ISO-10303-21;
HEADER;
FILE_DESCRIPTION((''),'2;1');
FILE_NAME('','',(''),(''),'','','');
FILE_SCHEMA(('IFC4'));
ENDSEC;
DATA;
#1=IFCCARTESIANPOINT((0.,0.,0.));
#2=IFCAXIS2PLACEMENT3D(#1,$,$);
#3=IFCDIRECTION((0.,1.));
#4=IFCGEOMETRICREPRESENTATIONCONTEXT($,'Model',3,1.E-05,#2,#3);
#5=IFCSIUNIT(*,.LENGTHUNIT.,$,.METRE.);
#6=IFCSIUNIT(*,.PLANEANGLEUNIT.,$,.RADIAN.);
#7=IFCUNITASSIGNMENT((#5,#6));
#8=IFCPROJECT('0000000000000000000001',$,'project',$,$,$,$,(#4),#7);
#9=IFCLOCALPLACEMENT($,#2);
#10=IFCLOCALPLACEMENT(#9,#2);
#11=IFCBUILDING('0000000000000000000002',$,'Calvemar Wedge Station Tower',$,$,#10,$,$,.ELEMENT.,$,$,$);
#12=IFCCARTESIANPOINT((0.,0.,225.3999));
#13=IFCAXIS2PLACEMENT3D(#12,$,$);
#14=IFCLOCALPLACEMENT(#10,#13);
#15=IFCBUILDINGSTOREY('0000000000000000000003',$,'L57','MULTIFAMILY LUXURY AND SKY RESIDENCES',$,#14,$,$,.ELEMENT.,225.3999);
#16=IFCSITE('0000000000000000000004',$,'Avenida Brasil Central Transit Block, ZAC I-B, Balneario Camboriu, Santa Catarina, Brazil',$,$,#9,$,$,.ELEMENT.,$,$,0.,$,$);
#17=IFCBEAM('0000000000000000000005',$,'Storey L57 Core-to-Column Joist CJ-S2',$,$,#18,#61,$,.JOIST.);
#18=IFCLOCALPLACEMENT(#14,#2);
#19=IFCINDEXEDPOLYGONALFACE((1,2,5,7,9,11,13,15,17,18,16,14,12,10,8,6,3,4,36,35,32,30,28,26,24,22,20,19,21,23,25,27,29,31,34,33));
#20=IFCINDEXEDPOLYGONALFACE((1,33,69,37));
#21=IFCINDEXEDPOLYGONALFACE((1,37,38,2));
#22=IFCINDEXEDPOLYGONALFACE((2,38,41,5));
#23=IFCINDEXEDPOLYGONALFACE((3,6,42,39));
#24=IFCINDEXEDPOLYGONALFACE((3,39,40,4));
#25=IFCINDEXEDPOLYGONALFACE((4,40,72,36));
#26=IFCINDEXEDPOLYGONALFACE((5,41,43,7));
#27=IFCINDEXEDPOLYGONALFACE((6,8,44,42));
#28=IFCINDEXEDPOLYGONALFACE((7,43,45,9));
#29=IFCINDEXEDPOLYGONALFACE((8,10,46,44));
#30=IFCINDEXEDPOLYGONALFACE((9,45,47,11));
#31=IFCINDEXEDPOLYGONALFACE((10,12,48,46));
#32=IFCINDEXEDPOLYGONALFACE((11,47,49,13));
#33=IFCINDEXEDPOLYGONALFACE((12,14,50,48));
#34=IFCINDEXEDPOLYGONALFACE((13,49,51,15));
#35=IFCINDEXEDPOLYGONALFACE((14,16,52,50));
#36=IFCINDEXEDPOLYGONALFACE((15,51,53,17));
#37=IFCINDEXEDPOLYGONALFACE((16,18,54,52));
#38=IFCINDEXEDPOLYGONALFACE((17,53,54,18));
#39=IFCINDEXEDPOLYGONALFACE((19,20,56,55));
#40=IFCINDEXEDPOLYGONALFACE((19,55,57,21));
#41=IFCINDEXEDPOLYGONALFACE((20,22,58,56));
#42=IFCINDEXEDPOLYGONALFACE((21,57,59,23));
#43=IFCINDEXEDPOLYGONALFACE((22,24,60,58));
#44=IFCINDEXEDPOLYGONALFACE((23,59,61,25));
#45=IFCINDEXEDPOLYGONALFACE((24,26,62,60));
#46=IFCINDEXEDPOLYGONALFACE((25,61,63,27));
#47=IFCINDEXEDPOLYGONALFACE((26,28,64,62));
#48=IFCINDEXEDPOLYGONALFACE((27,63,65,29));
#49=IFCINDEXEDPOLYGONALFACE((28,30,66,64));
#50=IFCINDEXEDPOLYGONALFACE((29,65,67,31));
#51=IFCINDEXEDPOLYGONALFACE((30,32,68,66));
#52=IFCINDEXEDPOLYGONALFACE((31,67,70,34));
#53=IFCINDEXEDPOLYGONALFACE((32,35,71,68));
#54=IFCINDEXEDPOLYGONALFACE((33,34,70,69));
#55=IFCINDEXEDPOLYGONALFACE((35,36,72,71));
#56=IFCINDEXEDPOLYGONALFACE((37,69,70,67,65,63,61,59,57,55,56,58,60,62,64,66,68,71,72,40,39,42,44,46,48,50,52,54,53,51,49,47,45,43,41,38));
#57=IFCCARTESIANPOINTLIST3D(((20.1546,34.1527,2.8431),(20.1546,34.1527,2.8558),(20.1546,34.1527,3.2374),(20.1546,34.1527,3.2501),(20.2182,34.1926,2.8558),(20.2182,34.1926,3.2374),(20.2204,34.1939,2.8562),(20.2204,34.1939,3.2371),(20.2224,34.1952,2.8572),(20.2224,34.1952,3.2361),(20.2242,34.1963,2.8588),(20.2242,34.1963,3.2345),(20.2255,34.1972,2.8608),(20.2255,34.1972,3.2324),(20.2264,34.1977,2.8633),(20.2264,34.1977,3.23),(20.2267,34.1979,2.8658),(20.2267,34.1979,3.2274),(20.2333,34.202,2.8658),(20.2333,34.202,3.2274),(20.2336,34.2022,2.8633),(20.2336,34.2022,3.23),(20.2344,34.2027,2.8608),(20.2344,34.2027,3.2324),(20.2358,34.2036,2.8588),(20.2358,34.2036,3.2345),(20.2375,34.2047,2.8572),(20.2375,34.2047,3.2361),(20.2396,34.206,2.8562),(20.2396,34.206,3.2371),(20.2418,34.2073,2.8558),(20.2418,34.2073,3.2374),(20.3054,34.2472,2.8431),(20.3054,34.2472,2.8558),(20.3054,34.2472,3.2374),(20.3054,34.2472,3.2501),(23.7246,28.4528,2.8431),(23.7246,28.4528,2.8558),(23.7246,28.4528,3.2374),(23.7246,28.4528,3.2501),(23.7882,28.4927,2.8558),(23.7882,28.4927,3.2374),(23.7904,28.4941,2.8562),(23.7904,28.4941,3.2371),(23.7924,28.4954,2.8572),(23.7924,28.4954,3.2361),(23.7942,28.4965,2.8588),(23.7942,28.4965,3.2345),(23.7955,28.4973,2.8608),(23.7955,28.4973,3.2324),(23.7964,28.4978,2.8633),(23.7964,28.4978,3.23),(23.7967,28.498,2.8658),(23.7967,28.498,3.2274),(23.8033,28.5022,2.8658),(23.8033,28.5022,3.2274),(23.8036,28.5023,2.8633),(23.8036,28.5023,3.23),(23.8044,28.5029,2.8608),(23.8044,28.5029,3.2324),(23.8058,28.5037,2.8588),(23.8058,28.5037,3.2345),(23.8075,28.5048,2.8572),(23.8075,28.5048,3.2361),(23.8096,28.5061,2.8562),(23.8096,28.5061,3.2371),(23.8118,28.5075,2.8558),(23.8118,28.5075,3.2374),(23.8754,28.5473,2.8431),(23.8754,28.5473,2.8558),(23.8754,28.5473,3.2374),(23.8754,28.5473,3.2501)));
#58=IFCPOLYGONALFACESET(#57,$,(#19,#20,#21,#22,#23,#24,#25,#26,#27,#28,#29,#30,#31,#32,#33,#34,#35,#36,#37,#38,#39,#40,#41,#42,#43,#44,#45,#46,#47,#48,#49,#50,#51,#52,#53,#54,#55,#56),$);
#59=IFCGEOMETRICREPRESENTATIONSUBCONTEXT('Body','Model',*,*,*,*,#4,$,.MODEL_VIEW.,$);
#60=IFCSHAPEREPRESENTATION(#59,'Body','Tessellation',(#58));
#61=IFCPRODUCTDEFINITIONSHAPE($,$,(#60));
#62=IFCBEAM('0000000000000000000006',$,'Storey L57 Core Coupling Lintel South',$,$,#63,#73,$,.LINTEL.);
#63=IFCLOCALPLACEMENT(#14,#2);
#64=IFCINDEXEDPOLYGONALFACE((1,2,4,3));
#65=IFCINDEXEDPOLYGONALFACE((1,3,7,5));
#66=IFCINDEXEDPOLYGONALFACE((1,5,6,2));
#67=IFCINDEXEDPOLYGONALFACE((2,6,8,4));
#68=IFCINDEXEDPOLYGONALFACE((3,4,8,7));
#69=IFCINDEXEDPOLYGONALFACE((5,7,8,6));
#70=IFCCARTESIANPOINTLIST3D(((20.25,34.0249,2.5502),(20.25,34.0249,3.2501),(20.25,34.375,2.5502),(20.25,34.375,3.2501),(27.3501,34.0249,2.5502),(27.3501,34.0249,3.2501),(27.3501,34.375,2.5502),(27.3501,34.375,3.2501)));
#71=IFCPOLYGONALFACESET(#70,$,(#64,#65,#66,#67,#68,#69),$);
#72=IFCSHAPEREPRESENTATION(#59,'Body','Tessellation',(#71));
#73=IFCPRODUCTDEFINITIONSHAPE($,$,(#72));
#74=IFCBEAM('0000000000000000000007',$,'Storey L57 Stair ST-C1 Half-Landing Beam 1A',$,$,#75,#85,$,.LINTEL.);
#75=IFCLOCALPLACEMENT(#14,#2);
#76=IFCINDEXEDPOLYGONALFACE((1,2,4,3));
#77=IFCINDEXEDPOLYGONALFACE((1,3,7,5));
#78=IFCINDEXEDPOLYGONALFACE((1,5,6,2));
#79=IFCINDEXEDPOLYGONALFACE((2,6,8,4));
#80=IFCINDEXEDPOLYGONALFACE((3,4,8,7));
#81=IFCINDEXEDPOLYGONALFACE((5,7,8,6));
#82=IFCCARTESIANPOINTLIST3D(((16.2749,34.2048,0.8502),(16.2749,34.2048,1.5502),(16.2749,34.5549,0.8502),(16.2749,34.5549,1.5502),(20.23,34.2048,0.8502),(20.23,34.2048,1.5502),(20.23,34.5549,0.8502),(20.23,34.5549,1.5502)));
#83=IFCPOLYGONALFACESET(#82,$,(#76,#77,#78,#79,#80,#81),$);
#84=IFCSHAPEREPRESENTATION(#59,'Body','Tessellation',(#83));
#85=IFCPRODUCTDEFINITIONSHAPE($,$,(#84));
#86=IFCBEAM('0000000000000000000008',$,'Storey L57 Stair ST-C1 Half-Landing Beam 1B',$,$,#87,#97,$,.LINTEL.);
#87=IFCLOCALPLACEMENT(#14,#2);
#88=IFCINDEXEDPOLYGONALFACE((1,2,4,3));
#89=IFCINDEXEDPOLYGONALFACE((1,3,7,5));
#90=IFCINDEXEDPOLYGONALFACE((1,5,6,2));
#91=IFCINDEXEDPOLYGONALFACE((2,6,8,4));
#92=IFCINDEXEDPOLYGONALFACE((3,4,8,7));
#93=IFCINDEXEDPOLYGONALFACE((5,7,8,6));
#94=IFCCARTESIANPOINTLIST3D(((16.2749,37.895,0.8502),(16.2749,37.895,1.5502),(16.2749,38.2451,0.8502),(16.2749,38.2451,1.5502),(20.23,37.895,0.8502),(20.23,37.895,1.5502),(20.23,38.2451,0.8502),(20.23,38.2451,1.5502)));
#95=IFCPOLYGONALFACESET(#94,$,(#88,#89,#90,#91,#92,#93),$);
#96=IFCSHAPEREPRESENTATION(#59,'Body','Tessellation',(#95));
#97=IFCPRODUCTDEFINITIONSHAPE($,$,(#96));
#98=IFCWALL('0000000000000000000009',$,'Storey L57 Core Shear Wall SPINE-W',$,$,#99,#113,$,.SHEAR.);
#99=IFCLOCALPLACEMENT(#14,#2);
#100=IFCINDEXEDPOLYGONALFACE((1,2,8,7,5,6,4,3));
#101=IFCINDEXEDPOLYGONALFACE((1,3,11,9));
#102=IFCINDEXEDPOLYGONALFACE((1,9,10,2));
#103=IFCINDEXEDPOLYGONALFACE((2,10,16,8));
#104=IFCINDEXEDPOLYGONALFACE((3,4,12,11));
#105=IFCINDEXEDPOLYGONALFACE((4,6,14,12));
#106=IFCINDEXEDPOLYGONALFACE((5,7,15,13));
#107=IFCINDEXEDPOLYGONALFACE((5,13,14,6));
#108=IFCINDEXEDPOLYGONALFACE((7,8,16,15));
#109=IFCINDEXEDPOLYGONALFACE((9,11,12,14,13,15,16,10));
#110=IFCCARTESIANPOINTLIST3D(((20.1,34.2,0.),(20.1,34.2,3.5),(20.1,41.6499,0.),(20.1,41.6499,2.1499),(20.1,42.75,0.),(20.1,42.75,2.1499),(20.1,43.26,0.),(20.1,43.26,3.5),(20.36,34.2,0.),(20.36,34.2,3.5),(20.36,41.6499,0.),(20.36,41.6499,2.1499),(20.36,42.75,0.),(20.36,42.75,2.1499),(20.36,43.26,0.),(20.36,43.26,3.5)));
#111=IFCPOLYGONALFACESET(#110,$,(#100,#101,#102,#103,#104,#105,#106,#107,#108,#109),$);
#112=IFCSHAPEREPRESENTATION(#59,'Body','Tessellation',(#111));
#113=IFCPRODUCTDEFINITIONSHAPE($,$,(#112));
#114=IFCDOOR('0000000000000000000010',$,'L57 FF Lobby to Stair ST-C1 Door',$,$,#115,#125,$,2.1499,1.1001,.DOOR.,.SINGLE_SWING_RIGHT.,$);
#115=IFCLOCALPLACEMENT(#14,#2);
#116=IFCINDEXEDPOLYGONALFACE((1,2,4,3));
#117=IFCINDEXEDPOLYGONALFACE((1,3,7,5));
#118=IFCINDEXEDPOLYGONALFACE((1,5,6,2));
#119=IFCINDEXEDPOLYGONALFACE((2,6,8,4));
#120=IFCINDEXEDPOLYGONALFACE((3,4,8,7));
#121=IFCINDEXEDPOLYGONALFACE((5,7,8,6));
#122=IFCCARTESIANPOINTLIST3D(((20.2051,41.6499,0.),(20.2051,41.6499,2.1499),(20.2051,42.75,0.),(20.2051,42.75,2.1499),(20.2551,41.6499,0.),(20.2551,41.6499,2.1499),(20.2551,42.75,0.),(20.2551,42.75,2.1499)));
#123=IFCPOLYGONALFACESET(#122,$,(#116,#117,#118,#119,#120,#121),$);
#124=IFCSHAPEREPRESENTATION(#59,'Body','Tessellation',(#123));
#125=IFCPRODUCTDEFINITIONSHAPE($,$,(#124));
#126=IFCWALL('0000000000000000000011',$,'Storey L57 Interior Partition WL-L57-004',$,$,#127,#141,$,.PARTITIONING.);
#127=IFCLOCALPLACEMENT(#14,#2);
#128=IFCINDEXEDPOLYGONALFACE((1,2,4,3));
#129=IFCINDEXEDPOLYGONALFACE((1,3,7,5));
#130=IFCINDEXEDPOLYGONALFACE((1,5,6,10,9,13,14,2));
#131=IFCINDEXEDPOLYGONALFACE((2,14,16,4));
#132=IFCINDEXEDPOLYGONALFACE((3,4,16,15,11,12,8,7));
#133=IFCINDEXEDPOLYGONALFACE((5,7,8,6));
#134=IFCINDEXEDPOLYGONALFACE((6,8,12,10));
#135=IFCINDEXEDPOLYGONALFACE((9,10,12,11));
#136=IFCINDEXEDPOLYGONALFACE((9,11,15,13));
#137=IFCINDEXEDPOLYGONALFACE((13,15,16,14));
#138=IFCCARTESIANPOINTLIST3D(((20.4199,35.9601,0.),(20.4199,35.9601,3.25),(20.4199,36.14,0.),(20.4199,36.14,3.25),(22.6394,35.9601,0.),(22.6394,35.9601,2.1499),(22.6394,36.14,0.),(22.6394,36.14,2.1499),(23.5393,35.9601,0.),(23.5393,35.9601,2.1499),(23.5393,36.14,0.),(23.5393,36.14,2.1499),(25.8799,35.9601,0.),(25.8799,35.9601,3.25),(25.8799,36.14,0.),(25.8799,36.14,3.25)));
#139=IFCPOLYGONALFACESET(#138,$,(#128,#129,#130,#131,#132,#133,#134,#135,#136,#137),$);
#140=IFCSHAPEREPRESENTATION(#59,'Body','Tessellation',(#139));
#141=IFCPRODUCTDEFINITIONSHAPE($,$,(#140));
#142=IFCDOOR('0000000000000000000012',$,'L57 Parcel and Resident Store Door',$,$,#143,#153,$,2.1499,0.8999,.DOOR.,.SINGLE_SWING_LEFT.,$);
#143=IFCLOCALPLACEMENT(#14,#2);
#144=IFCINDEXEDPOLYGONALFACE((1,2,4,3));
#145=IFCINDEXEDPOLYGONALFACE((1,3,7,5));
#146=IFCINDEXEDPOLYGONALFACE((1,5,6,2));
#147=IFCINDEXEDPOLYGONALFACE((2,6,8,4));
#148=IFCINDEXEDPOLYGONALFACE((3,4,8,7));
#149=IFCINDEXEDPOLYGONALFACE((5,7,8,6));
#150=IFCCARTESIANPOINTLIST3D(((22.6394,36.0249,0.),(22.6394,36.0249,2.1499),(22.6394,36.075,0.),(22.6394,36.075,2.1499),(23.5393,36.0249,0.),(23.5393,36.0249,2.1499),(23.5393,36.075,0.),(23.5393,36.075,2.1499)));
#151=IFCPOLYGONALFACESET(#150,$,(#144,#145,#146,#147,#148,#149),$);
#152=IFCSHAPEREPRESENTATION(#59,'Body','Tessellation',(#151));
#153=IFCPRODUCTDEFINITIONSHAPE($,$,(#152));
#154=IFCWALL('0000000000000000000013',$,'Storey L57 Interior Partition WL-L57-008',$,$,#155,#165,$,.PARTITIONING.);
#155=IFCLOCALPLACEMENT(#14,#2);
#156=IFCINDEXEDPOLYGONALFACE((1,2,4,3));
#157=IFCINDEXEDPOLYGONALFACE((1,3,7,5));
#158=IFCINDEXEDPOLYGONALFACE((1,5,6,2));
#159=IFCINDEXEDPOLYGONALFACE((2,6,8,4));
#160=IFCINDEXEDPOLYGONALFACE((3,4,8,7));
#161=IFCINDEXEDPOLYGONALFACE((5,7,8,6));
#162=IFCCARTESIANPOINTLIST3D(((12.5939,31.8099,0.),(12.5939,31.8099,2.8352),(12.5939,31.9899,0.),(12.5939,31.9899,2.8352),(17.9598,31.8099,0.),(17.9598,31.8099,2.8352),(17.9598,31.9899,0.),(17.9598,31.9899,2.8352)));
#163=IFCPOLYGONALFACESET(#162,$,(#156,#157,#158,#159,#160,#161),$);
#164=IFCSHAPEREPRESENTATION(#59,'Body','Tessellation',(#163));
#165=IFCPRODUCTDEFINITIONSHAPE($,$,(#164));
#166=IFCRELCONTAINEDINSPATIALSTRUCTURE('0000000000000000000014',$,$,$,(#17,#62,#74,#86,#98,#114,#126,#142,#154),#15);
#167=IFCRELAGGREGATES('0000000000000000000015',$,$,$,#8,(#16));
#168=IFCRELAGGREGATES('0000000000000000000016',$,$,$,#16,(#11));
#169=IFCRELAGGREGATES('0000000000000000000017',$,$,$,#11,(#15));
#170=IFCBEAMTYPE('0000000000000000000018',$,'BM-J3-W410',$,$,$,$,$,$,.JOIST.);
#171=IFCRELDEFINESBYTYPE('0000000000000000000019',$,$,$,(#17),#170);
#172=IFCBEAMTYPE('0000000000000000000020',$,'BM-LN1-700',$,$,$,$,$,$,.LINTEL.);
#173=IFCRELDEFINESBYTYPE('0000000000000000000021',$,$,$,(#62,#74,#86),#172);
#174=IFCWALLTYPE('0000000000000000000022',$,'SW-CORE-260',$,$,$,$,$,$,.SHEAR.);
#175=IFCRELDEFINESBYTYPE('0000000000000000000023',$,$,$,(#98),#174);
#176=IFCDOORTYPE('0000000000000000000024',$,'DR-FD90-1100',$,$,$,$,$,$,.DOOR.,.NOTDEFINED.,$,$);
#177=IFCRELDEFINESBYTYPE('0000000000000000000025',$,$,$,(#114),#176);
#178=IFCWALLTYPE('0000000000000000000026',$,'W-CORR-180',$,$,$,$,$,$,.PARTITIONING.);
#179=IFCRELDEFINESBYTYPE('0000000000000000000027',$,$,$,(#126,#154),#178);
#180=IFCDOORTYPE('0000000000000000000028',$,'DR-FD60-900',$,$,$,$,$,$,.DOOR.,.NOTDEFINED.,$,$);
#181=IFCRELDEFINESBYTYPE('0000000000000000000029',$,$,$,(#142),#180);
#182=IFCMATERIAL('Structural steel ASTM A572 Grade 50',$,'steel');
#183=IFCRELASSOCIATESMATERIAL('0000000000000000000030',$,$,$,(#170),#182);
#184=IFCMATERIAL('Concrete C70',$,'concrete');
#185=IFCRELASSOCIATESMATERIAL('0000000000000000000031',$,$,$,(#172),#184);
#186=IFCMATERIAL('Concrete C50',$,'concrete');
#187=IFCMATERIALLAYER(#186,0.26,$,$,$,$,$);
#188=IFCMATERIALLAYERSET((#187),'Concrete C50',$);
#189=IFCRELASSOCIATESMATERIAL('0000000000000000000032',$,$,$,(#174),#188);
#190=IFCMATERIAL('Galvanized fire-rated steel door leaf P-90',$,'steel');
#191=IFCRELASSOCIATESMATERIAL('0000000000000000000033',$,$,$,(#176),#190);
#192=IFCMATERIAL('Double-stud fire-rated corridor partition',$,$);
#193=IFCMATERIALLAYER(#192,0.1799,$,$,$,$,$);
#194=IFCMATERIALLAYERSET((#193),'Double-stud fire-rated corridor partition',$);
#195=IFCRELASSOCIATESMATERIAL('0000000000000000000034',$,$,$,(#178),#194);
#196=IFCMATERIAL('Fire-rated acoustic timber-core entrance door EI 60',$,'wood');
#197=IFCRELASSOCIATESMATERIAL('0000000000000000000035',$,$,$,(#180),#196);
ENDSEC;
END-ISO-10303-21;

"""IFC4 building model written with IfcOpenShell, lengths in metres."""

from ifc_helpers import new_model, si_unit, direction, frame, frame_2d, origin, origin_2d, place, context, subcontext, project, spatial, rectangle, i_section, extrude, source, transform, mapped, material, layer, layer_set, material_profile, profile_set, type_object, element, fill, save


model = new_model("IFC4")

# Units and contexts
model_context = context("Model", 3, precision=1e-05, world=origin(), true_north=direction((0.0, 1.0)))
body_context = subcontext(model_context, "Body", "Model", "MODEL_VIEW")
ifc_project = project(units=[si_unit("LENGTHUNIT", "METRE"), si_unit("PLANEANGLEUNIT", "RADIAN")], contexts=[model_context])

# Site, building, storey
site_placement = place(None, origin())
site = spatial("IfcSite", under=ifc_project, at=site_placement, Name="Avenida Brasil Central Transit Block, ZAC I-B, Balneario Camboriu, Santa Catarina, Brazil", CompositionType="ELEMENT", RefElevation=0.0)
building_placement = place(site_placement, origin())
building = spatial("IfcBuilding", under=site, at=building_placement, Name="Calvemar Wedge Station Tower", CompositionType="ELEMENT")
storey_placement = place(building_placement, frame((0.0, 0.0, 225.3999)))
storey = spatial("IfcBuildingStorey", under=building, at=storey_placement, Name="L57", Description="MULTIFAMILY LUXURY AND SKY RESIDENCES", CompositionType="ELEMENT", Elevation=225.3999)

# Beams
ifc_material_1 = material(Name="Structural steel ASTM A572 Grade 50", Category="steel")
ifc_material_profile_1 = material_profile(ifc_material_1, i_section(OverallWidth=0.178, OverallDepth=0.407, WebThickness=0.0078, FlangeThickness=0.0127, FilletRadius=0.01, at=origin_2d()), Name="W410x60")
ifc_profile_set_1 = profile_set([ifc_material_profile_1], Name="Structural steel ASTM A572 Grade 50")
beam_type_1 = type_object("IfcBeamType", Name="BM-J3-W410", PredefinedType="JOIST", material=ifc_profile_set_1)
shared_shape_1 = source(origin(), body_context, "Body", "SweptSolid", [
    extrude(i_section(OverallWidth=0.178, OverallDepth=0.407, WebThickness=0.0078, FlangeThickness=0.0127, FilletRadius=0.01, at=origin_2d()), origin(), (0.0, 0.0, 1.0), 6.7256),
])
beam_1_placement = place(storey_placement, frame((20.23, 34.2, 3.0466), z_axis=(0.530811, -0.84749, 0.0), x_axis=(0.84749, 0.530811, 0.0)))
element("IfcBeam", 1, at=beam_1_placement, inside=storey, type_object=beam_type_1, Name="Storey L57 Core-to-Column Joist CJ-S2", PredefinedType="JOIST", context=body_context, shape_type="MappedRepresentation", body=[
    mapped(shared_shape_1, transform((0.0, 0.0, 0.0), scale=1.0)),
])
ifc_material_2 = material(Name="Concrete C70", Category="concrete")
ifc_material_profile_2 = material_profile(ifc_material_2, rectangle(XDim=0.3501, YDim=0.7, at=origin_2d()), Name="RC350x700")
ifc_profile_set_2 = profile_set([ifc_material_profile_2], Name="Concrete C70")
beam_type_2 = type_object("IfcBeamType", Name="BM-LN1-700", PredefinedType="LINTEL", material=ifc_profile_set_2)
shared_shape_2 = source(origin(), body_context, "Body", "SweptSolid", [
    extrude(rectangle(XDim=0.3501, YDim=0.7, at=origin_2d()), origin(), (0.0, 0.0, 1.0), 7.1001),
])
beam_2_placement = place(storey_placement, frame((20.25, 34.2, 2.9001), z_axis=(1.0, 0.0, 0.0), x_axis=(0.0, 1.0, 0.0)))
element("IfcBeam", 2, at=beam_2_placement, inside=storey, type_object=beam_type_2, Name="Storey L57 Core Coupling Lintel South", PredefinedType="LINTEL", context=body_context, shape_type="MappedRepresentation", body=[
    mapped(shared_shape_2, transform((0.0, 0.0, 0.0), scale=1.0)),
])
shared_shape_3 = source(origin(), body_context, "Body", "SweptSolid", [
    extrude(rectangle(XDim=0.3501, YDim=0.7, at=origin_2d()), origin(), (0.0, 0.0, 1.0), 3.9551),
])
for number, where, z_axis, x_axis, name in (
    (3, (16.2749, 34.3799, 1.2002), (1.0, 0.0, 0.0), (0.0, 1.0, 0.0), "Storey L57 Stair ST-C1 Half-Landing Beam 1A"),
    (4, (16.2749, 38.0701, 1.2002), (1.0, 0.0, 0.0), (0.0, 1.0, 0.0), "Storey L57 Stair ST-C1 Half-Landing Beam 1B"),
):
    element("IfcBeam", number, at=place(storey_placement, frame(where, z_axis=z_axis, x_axis=x_axis)), inside=storey, type_object=beam_type_2, Name=name, PredefinedType="LINTEL", context=body_context, shape_type="MappedRepresentation", body=[
        mapped(shared_shape_3, transform((0.0, 0.0, 0.0), scale=1.0)),
    ])

# Walls, openings, doors
ifc_material_3 = material(Name="Concrete C50", Category="concrete")
ifc_layer_1 = layer(ifc_material_3, 0.26)
ifc_layer_set_1 = layer_set([ifc_layer_1], Name="Concrete C50")
wall_type_1 = type_object("IfcWallType", Name="SW-CORE-260", PredefinedType="SHEAR", material=ifc_layer_set_1)
wall_1_placement = place(storey_placement, frame((20.23, 34.2, 0.0), z_axis=(0.0, 0.0, 1.0), x_axis=(0.0, 1.0, 0.0)))
wall_1 = element("IfcWall", 5, at=wall_1_placement, inside=storey, type_object=wall_type_1, Name="Storey L57 Core Shear Wall SPINE-W", PredefinedType="SHEAR", context=body_context, shape_type="SweptSolid", body=[
    extrude(rectangle(XDim=9.0601, YDim=0.26, at=frame_2d((4.53, 0.0))), origin(), (0.0, 0.0, 1.0), 3.5),
])
shared_shape_4 = source(origin(), body_context, "Body", "SweptSolid", [
    extrude(rectangle(XDim=1.1001, YDim=2.1499, at=frame_2d((0.55, 1.075))), frame((0.0, 0.1401, 0.0), z_axis=(0.0, -1.0, 0.0), x_axis=(1.0, 0.0, 0.0)), (0.0, 0.0, 1.0), 0.28),
])
opening_1_placement = place(wall_1_placement, frame((7.45, 0.0, 0.0)))
opening_1 = element("IfcOpeningElement", 6, at=opening_1_placement, cuts=wall_1, PredefinedType="OPENING", context=body_context, shape_type="MappedRepresentation", body=[
    mapped(shared_shape_4, transform((0.0, 0.0, 0.0), scale=1.0)),
])
ifc_material_4 = material(Name="Galvanized fire-rated steel door leaf P-90", Category="steel")
door_type_1 = type_object("IfcDoorType", Name="DR-FD90-1100", OperationType="NOTDEFINED", PredefinedType="DOOR", material=ifc_material_4)
shared_shape_5 = source(origin(), body_context, "Body", "SweptSolid", [
    extrude(rectangle(XDim=1.1001, YDim=2.1499, at=frame_2d((0.55, 1.075))), frame((0.0, 0.0249, 0.0), z_axis=(0.0, -1.0, 0.0), x_axis=(1.0, 0.0, 0.0)), (0.0, 0.0, 1.0), 0.05),
])
door_1_placement = place(opening_1_placement, origin())
door_1 = element("IfcDoor", 7, at=door_1_placement, inside=storey, type_object=door_type_1, Name="L57 FF Lobby to Stair ST-C1 Door", OperationType="SINGLE_SWING_RIGHT", OverallHeight=2.1499, OverallWidth=1.1001, PredefinedType="DOOR", context=body_context, shape_type="MappedRepresentation", body=[
    mapped(shared_shape_5, transform((0.0, 0.0, 0.0), scale=1.0)),
])
fill(opening_1, door_1)
ifc_material_5 = material(Name="Double-stud fire-rated corridor partition")
ifc_layer_2 = layer(ifc_material_5, 0.1799)
ifc_layer_set_2 = layer_set([ifc_layer_2], Name="Double-stud fire-rated corridor partition")
wall_type_2 = type_object("IfcWallType", Name="W-CORR-180", PredefinedType="PARTITIONING", material=ifc_layer_set_2)
wall_2_placement = place(storey_placement, frame((20.4199, 36.05, 0.0), z_axis=(0.0, 0.0, 1.0), x_axis=(1.0, 0.0, 0.0)))
wall_2 = element("IfcWall", 8, at=wall_2_placement, inside=storey, type_object=wall_type_2, Name="Storey L57 Interior Partition WL-L57-004", PredefinedType="PARTITIONING", context=body_context, shape_type="SweptSolid", body=[
    extrude(rectangle(XDim=5.46, YDim=0.1799, at=frame_2d((2.73, 0.0))), origin(), (0.0, 0.0, 1.0), 3.25),
])
shared_shape_6 = source(origin(), body_context, "Body", "SweptSolid", [
    extrude(rectangle(XDim=0.8999, YDim=2.1499, at=frame_2d((0.45, 1.075))), frame((0.0, 0.1001, 0.0), z_axis=(0.0, -1.0, 0.0), x_axis=(1.0, 0.0, 0.0)), (0.0, 0.0, 1.0), 0.2),
])
opening_2_placement = place(wall_2_placement, frame((2.2195, 0.0, 0.0)))
opening_2 = element("IfcOpeningElement", 9, at=opening_2_placement, cuts=wall_2, PredefinedType="OPENING", context=body_context, shape_type="MappedRepresentation", body=[
    mapped(shared_shape_6, transform((0.0, 0.0, 0.0), scale=1.0)),
])
ifc_material_6 = material(Name="Fire-rated acoustic timber-core entrance door EI 60", Category="wood")
door_type_2 = type_object("IfcDoorType", Name="DR-FD60-900", OperationType="NOTDEFINED", PredefinedType="DOOR", material=ifc_material_6)
shared_shape_7 = source(origin(), body_context, "Body", "SweptSolid", [
    extrude(rectangle(XDim=0.8999, YDim=2.1499, at=frame_2d((0.45, 1.075))), frame((0.0, 0.0249, 0.0), z_axis=(0.0, -1.0, 0.0), x_axis=(1.0, 0.0, 0.0)), (0.0, 0.0, 1.0), 0.05),
])
door_2_placement = place(opening_2_placement, origin())
door_2 = element("IfcDoor", 10, at=door_2_placement, inside=storey, type_object=door_type_2, Name="L57 Parcel and Resident Store Door", OperationType="SINGLE_SWING_LEFT", OverallHeight=2.1499, OverallWidth=0.8999, PredefinedType="DOOR", context=body_context, shape_type="MappedRepresentation", body=[
    mapped(shared_shape_7, transform((0.0, 0.0, 0.0), scale=1.0)),
])
fill(opening_2, door_2)

# Wall
wall_3_placement = place(storey_placement, frame((17.96, 31.8999, 0.0), z_axis=(0.0, 0.0, 1.0), x_axis=(-1.0, 0.0, 0.0)))
element("IfcWall", 11, at=wall_3_placement, inside=storey, type_object=wall_type_2, Name="Storey L57 Interior Partition WL-L57-008", PredefinedType="PARTITIONING", context=body_context, shape_type="SweptSolid", body=[
    extrude(rectangle(XDim=5.366, YDim=0.1799, at=frame_2d((2.6831, 0.0))), origin(), (0.0, 0.0, 1.0), 2.8352),
])

save(model, "model.ifc")
